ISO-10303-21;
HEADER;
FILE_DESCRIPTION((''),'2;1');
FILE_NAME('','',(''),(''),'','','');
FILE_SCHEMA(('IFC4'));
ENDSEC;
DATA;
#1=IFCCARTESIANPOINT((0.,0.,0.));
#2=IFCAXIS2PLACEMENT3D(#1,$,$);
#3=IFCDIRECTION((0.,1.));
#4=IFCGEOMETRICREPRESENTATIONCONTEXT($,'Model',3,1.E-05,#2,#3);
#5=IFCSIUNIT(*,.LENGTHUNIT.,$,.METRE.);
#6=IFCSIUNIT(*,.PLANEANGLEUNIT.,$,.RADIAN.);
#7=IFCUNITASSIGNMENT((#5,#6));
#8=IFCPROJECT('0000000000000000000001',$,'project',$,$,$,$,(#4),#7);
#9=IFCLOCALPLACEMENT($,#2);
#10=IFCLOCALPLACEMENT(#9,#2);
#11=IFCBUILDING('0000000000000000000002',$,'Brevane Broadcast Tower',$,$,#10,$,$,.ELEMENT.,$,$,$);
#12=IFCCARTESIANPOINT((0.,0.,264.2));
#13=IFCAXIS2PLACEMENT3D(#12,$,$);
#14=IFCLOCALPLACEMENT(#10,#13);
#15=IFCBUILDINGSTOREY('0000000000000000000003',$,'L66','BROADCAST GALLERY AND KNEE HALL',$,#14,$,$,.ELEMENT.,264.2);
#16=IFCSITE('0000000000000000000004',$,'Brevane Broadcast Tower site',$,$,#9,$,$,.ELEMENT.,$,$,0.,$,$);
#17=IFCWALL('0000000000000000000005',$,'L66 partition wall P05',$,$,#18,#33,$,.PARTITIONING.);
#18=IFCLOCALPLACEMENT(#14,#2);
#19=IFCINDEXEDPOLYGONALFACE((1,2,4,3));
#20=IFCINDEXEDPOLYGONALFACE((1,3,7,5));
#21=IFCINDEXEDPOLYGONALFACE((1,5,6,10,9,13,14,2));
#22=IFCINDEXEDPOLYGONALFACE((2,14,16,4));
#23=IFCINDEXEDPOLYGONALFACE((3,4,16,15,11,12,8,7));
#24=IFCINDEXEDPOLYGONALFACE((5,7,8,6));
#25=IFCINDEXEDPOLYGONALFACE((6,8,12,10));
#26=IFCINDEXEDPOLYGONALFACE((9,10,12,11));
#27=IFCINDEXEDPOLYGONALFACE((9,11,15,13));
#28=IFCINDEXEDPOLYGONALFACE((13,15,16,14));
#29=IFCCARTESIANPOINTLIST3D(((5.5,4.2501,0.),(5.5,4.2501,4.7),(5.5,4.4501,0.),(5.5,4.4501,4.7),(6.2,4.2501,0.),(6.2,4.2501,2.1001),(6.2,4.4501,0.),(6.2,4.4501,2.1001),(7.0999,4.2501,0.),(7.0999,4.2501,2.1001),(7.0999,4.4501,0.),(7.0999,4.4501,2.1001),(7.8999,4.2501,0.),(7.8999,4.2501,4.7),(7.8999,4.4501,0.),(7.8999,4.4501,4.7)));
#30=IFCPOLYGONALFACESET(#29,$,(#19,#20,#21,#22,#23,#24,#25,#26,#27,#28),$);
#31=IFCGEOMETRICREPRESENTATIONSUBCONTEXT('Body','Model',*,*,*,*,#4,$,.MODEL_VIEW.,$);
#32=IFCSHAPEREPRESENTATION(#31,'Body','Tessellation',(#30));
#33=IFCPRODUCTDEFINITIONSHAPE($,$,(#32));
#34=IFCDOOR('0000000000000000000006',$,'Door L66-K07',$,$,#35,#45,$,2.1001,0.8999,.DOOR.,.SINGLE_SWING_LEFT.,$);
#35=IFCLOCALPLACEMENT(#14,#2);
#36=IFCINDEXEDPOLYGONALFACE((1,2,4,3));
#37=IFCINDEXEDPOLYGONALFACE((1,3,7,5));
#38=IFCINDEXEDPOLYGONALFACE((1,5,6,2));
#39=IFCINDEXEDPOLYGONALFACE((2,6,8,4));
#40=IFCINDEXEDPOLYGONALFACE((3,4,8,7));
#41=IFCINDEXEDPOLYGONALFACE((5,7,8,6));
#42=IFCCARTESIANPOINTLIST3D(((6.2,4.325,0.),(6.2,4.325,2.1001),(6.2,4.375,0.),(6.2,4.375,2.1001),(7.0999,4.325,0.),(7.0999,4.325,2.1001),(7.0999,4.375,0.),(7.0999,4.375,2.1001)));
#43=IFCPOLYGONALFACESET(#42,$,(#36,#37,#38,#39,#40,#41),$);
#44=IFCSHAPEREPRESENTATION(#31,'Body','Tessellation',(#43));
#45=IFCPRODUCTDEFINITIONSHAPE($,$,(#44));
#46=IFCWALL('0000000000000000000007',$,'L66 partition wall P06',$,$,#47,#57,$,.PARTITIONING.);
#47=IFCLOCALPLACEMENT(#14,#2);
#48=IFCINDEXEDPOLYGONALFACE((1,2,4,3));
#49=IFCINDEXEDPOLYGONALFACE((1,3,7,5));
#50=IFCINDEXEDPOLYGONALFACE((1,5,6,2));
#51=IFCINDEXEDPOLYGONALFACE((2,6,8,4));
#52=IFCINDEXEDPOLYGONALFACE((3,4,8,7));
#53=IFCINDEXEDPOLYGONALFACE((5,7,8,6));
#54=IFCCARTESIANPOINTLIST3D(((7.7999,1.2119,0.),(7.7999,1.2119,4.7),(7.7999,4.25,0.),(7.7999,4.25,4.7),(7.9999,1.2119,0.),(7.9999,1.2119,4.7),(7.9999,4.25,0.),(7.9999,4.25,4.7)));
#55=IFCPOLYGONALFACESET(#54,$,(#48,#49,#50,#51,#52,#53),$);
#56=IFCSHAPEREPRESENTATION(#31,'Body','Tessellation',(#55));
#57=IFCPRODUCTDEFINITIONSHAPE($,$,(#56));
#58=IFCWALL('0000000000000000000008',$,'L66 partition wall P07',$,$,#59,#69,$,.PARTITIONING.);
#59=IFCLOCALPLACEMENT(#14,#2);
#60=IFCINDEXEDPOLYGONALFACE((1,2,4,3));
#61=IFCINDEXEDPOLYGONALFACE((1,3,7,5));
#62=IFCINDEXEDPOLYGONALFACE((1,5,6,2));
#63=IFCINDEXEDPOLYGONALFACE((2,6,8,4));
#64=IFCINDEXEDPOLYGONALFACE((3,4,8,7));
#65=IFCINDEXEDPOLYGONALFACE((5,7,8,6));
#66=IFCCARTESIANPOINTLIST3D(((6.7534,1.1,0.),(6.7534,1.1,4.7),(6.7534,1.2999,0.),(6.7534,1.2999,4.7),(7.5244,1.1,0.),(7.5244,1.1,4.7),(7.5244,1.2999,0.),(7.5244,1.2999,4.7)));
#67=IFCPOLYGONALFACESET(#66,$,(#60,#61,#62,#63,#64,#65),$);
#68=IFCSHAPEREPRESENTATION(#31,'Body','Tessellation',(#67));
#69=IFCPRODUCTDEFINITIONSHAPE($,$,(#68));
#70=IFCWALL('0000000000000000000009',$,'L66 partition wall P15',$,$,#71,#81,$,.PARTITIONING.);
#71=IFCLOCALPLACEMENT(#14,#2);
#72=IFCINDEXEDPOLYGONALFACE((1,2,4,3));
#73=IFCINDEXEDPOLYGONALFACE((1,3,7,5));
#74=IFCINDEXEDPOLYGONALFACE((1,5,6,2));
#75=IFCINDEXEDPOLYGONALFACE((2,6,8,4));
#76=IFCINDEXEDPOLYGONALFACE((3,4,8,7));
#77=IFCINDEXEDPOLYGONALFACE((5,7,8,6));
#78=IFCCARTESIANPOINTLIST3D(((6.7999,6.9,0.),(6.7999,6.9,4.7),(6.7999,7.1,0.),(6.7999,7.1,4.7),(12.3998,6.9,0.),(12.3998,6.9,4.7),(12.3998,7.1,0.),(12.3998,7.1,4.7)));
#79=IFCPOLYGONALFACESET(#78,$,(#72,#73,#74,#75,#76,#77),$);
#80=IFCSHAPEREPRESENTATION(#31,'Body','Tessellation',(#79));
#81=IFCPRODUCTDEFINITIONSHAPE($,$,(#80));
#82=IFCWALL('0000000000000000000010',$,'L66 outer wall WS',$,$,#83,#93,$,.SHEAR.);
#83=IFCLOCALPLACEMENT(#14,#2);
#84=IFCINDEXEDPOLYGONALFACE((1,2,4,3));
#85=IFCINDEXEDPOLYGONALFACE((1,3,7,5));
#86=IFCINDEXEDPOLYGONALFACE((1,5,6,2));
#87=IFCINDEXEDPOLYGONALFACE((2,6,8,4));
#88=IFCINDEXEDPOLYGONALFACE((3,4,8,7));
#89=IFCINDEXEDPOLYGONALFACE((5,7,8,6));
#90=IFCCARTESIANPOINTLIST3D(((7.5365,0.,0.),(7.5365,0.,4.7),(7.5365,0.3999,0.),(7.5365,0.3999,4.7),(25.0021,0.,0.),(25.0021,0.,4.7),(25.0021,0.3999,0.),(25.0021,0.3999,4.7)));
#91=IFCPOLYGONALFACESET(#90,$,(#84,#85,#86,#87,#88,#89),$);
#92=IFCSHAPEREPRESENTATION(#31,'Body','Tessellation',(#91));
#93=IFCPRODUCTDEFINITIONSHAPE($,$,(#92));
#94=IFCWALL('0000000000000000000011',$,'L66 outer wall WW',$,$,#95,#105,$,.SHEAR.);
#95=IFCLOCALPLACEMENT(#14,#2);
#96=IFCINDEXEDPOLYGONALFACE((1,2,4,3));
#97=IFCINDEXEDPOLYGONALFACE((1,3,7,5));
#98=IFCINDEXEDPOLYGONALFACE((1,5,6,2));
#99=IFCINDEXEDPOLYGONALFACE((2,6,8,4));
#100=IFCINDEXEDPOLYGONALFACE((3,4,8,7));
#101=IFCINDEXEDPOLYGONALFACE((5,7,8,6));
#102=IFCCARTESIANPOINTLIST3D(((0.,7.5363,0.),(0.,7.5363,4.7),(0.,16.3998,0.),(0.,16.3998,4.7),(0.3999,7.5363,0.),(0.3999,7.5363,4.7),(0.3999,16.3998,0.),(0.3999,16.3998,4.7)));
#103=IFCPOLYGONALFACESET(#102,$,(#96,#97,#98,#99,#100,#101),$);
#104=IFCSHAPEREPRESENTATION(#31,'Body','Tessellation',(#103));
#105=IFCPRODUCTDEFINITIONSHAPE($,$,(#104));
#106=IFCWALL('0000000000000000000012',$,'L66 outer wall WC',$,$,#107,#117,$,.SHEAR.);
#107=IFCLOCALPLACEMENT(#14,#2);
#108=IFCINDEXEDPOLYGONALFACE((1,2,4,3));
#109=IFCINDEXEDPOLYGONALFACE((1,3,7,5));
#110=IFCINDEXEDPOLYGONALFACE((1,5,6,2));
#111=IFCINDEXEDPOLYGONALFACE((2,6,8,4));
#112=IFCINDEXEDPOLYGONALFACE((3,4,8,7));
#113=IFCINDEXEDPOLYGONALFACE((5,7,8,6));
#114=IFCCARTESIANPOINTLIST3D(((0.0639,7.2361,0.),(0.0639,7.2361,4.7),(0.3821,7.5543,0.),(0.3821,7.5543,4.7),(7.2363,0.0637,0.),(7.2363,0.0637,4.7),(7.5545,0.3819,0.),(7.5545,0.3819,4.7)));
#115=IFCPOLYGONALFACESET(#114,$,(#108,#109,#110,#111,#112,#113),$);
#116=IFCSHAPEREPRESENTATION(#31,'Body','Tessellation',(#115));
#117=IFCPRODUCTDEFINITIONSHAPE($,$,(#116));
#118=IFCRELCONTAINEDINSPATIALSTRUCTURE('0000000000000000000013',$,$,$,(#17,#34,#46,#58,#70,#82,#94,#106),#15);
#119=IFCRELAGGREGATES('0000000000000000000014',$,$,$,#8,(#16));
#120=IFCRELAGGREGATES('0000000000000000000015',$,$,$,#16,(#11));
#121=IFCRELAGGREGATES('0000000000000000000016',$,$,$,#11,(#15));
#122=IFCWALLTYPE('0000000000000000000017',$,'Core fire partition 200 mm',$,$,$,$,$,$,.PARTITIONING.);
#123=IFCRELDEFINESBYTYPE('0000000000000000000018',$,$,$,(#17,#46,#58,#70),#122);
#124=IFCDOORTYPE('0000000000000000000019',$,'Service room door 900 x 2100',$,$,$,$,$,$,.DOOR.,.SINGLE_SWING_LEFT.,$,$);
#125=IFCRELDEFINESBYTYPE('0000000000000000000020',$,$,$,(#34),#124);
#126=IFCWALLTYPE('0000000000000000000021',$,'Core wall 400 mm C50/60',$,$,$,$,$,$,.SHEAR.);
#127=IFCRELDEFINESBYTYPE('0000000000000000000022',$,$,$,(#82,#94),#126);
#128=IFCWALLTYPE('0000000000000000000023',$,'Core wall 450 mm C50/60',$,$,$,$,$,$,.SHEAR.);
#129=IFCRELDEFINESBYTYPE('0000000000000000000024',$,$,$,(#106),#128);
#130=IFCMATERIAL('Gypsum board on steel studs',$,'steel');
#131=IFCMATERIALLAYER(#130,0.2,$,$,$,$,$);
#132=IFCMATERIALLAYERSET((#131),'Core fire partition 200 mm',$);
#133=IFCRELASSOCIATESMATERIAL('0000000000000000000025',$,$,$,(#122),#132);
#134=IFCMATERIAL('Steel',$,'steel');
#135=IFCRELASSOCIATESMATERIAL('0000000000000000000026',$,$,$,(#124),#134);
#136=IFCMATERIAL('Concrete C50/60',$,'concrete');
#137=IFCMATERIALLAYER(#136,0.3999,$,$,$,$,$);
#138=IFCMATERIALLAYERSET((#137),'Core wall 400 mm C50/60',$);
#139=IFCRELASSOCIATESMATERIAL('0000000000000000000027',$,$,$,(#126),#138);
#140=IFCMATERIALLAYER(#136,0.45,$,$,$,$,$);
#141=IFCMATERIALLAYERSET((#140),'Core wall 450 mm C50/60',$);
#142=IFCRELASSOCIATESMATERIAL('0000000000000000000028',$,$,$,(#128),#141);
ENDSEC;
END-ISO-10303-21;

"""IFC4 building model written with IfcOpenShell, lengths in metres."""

from ifc_helpers import new_model, si_unit, direction, frame, frame_2d, origin, place, context, subcontext, project, spatial, rectangle, extrude, material, layer, layer_set, type_object, element, fill, save


model = new_model("IFC4")

# Units and contexts
model_context = context("Model", 3, precision=1e-05, world=origin(), true_north=direction((0.0, 1.0)))
body_context = subcontext(model_context, "Body", "Model", "MODEL_VIEW")
ifc_project = project(units=[si_unit("LENGTHUNIT", "METRE"), si_unit("PLANEANGLEUNIT", "RADIAN")], contexts=[model_context])

# Site, building, storey
site_placement = place(None, origin())
site = spatial("IfcSite", under=ifc_project, at=site_placement, Name="Brevane Broadcast Tower site", CompositionType="ELEMENT", RefElevation=0.0)
building_placement = place(site_placement, origin())
building = spatial("IfcBuilding", under=site, at=building_placement, Name="Brevane Broadcast Tower", CompositionType="ELEMENT")
storey_placement = place(building_placement, frame((0.0, 0.0, 264.2)))
storey = spatial("IfcBuildingStorey", under=building, at=storey_placement, Name="L66", Description="BROADCAST GALLERY AND KNEE HALL", CompositionType="ELEMENT", Elevation=264.2)

# Shared definitions
ifc_material_1 = material(Name="Gypsum board on steel studs", Category="steel")
ifc_layer_1 = layer(ifc_material_1, 0.2)
ifc_layer_set_1 = layer_set([ifc_layer_1], Name="Core fire partition 200 mm")
wall_type_1 = type_object("IfcWallType", Name="Core fire partition 200 mm", PredefinedType="PARTITIONING", material=ifc_layer_set_1)

# Wall, opening, door
wall_1_placement = place(storey_placement, frame((5.5, 4.3501, 0.0), z_axis=(0.0, 0.0, 1.0), x_axis=(1.0, 0.0, 0.0)))
wall_1 = element("IfcWall", 1, at=wall_1_placement, inside=storey, type_object=wall_type_1, Name="L66 partition wall P05", PredefinedType="PARTITIONING", context=body_context, shape_type="SweptSolid", body=[
    extrude(rectangle(XDim=2.3999, YDim=0.2, at=frame_2d((1.2, 0.0))), origin(), (0.0, 0.0, 1.0), 4.7),
])
opening_placement = place(wall_1_placement, frame((0.7, 0.0, 0.0)))
opening = element("IfcOpeningElement", 2, at=opening_placement, cuts=wall_1, PredefinedType="OPENING", context=body_context, shape_type="SweptSolid", body=[
    extrude(rectangle(XDim=0.8999, YDim=2.1001, at=frame_2d((0.45, 1.05))), frame((0.0, 0.1099, 0.0), z_axis=(0.0, -1.0, 0.0), x_axis=(1.0, 0.0, 0.0)), (0.0, 0.0, 1.0), 0.22),
])
ifc_material_2 = material(Name="Steel", Category="steel")
door_type = type_object("IfcDoorType", Name="Service room door 900 x 2100", OperationType="SINGLE_SWING_LEFT", PredefinedType="DOOR", material=ifc_material_2)
door_placement = place(opening_placement, origin())
door = element("IfcDoor", 3, at=door_placement, inside=storey, type_object=door_type, Name="Door L66-K07", OperationType="SINGLE_SWING_LEFT", OverallHeight=2.1001, OverallWidth=0.8999, PredefinedType="DOOR", context=body_context, shape_type="SweptSolid", body=[
    extrude(rectangle(XDim=0.8999, YDim=2.1001, at=frame_2d((0.45, 1.05))), frame((0.0, 0.0249, 0.0), z_axis=(0.0, -1.0, 0.0), x_axis=(1.0, 0.0, 0.0)), (0.0, 0.0, 1.0), 0.05),
])
fill(opening, door)

# Walls
wall_2_placement = place(storey_placement, frame((7.8999, 4.25, 0.0), z_axis=(0.0, 0.0, 1.0), x_axis=(0.0, -1.0, 0.0)))
element("IfcWall", 4, at=wall_2_placement, inside=storey, type_object=wall_type_1, Name="L66 partition wall P06", PredefinedType="PARTITIONING", context=body_context, shape_type="SweptSolid", body=[
    extrude(rectangle(XDim=3.0381, YDim=0.2, at=frame_2d((1.519, 0.0))), origin(), (0.0, 0.0, 1.0), 4.7),
])
wall_3_placement = place(storey_placement, frame((7.5244, 1.2, 0.0), z_axis=(0.0, 0.0, 1.0), x_axis=(-1.0, 0.0, 0.0)))
element("IfcWall", 5, at=wall_3_placement, inside=storey, type_object=wall_type_1, Name="L66 partition wall P07", PredefinedType="PARTITIONING", context=body_context, shape_type="SweptSolid", body=[
    extrude(rectangle(XDim=0.771, YDim=0.2, at=frame_2d((0.3855, 0.0))), origin(), (0.0, 0.0, 1.0), 4.7),
])
wall_4_placement = place(storey_placement, frame((6.8, 7.0, 0.0), z_axis=(0.0, 0.0, 1.0), x_axis=(1.0, 0.0, 0.0)))
element("IfcWall", 6, at=wall_4_placement, inside=storey, type_object=wall_type_1, Name="L66 partition wall P15", PredefinedType="PARTITIONING", context=body_context, shape_type="SweptSolid", body=[
    extrude(rectangle(XDim=5.5999, YDim=0.2, at=frame_2d((2.7998, 0.0))), origin(), (0.0, 0.0, 1.0), 4.7),
])
ifc_material_3 = material(Name="Concrete C50/60", Category="concrete")
ifc_layer_2 = layer(ifc_material_3, 0.3999)
ifc_layer_set_2 = layer_set([ifc_layer_2], Name="Core wall 400 mm C50/60")
wall_type_2 = type_object("IfcWallType", Name="Core wall 400 mm C50/60", PredefinedType="SHEAR", material=ifc_layer_set_2)
wall_5_placement = place(storey_placement, frame((7.5364, 0.2, 0.0), z_axis=(0.0, 0.0, 1.0), x_axis=(1.0, 0.0, 0.0)))
element("IfcWall", 7, at=wall_5_placement, inside=storey, type_object=wall_type_2, Name="L66 outer wall WS", PredefinedType="SHEAR", context=body_context, shape_type="SweptSolid", body=[
    extrude(rectangle(XDim=17.4656, YDim=0.3999, at=frame_2d((8.7329, 0.0))), origin(), (0.0, 0.0, 1.0), 4.7),
])
wall_6_placement = place(storey_placement, frame((0.2, 7.5364, 0.0), z_axis=(0.0, 0.0, 1.0), x_axis=(0.0, 1.0, 0.0)))
element("IfcWall", 8, at=wall_6_placement, inside=storey, type_object=wall_type_2, Name="L66 outer wall WW", PredefinedType="SHEAR", context=body_context, shape_type="SweptSolid", body=[
    extrude(rectangle(XDim=8.8635, YDim=0.3999, at=frame_2d((4.4316, 0.0))), origin(), (0.0, 0.0, 1.0), 4.7),
])
ifc_layer_3 = layer(ifc_material_3, 0.45)
ifc_layer_set_3 = layer_set([ifc_layer_3], Name="Core wall 450 mm C50/60")
wall_type_3 = type_object("IfcWallType", Name="Core wall 450 mm C50/60", PredefinedType="SHEAR", material=ifc_layer_set_3)
wall_7_placement = place(storey_placement, frame((0.2229, 7.3953, 0.0), z_axis=(0.0, 0.0, 1.0), x_axis=(0.707107, -0.707107, 0.0)))
element("IfcWall", 9, at=wall_7_placement, inside=storey, type_object=wall_type_3, Name="L66 outer wall WC", PredefinedType="SHEAR", context=body_context, shape_type="SweptSolid", body=[
    extrude(rectangle(XDim=10.1433, YDim=0.45, at=frame_2d((5.0718, 0.0))), origin(), (0.0, 0.0, 1.0), 4.7),
])

save(model, "model.ifc")
